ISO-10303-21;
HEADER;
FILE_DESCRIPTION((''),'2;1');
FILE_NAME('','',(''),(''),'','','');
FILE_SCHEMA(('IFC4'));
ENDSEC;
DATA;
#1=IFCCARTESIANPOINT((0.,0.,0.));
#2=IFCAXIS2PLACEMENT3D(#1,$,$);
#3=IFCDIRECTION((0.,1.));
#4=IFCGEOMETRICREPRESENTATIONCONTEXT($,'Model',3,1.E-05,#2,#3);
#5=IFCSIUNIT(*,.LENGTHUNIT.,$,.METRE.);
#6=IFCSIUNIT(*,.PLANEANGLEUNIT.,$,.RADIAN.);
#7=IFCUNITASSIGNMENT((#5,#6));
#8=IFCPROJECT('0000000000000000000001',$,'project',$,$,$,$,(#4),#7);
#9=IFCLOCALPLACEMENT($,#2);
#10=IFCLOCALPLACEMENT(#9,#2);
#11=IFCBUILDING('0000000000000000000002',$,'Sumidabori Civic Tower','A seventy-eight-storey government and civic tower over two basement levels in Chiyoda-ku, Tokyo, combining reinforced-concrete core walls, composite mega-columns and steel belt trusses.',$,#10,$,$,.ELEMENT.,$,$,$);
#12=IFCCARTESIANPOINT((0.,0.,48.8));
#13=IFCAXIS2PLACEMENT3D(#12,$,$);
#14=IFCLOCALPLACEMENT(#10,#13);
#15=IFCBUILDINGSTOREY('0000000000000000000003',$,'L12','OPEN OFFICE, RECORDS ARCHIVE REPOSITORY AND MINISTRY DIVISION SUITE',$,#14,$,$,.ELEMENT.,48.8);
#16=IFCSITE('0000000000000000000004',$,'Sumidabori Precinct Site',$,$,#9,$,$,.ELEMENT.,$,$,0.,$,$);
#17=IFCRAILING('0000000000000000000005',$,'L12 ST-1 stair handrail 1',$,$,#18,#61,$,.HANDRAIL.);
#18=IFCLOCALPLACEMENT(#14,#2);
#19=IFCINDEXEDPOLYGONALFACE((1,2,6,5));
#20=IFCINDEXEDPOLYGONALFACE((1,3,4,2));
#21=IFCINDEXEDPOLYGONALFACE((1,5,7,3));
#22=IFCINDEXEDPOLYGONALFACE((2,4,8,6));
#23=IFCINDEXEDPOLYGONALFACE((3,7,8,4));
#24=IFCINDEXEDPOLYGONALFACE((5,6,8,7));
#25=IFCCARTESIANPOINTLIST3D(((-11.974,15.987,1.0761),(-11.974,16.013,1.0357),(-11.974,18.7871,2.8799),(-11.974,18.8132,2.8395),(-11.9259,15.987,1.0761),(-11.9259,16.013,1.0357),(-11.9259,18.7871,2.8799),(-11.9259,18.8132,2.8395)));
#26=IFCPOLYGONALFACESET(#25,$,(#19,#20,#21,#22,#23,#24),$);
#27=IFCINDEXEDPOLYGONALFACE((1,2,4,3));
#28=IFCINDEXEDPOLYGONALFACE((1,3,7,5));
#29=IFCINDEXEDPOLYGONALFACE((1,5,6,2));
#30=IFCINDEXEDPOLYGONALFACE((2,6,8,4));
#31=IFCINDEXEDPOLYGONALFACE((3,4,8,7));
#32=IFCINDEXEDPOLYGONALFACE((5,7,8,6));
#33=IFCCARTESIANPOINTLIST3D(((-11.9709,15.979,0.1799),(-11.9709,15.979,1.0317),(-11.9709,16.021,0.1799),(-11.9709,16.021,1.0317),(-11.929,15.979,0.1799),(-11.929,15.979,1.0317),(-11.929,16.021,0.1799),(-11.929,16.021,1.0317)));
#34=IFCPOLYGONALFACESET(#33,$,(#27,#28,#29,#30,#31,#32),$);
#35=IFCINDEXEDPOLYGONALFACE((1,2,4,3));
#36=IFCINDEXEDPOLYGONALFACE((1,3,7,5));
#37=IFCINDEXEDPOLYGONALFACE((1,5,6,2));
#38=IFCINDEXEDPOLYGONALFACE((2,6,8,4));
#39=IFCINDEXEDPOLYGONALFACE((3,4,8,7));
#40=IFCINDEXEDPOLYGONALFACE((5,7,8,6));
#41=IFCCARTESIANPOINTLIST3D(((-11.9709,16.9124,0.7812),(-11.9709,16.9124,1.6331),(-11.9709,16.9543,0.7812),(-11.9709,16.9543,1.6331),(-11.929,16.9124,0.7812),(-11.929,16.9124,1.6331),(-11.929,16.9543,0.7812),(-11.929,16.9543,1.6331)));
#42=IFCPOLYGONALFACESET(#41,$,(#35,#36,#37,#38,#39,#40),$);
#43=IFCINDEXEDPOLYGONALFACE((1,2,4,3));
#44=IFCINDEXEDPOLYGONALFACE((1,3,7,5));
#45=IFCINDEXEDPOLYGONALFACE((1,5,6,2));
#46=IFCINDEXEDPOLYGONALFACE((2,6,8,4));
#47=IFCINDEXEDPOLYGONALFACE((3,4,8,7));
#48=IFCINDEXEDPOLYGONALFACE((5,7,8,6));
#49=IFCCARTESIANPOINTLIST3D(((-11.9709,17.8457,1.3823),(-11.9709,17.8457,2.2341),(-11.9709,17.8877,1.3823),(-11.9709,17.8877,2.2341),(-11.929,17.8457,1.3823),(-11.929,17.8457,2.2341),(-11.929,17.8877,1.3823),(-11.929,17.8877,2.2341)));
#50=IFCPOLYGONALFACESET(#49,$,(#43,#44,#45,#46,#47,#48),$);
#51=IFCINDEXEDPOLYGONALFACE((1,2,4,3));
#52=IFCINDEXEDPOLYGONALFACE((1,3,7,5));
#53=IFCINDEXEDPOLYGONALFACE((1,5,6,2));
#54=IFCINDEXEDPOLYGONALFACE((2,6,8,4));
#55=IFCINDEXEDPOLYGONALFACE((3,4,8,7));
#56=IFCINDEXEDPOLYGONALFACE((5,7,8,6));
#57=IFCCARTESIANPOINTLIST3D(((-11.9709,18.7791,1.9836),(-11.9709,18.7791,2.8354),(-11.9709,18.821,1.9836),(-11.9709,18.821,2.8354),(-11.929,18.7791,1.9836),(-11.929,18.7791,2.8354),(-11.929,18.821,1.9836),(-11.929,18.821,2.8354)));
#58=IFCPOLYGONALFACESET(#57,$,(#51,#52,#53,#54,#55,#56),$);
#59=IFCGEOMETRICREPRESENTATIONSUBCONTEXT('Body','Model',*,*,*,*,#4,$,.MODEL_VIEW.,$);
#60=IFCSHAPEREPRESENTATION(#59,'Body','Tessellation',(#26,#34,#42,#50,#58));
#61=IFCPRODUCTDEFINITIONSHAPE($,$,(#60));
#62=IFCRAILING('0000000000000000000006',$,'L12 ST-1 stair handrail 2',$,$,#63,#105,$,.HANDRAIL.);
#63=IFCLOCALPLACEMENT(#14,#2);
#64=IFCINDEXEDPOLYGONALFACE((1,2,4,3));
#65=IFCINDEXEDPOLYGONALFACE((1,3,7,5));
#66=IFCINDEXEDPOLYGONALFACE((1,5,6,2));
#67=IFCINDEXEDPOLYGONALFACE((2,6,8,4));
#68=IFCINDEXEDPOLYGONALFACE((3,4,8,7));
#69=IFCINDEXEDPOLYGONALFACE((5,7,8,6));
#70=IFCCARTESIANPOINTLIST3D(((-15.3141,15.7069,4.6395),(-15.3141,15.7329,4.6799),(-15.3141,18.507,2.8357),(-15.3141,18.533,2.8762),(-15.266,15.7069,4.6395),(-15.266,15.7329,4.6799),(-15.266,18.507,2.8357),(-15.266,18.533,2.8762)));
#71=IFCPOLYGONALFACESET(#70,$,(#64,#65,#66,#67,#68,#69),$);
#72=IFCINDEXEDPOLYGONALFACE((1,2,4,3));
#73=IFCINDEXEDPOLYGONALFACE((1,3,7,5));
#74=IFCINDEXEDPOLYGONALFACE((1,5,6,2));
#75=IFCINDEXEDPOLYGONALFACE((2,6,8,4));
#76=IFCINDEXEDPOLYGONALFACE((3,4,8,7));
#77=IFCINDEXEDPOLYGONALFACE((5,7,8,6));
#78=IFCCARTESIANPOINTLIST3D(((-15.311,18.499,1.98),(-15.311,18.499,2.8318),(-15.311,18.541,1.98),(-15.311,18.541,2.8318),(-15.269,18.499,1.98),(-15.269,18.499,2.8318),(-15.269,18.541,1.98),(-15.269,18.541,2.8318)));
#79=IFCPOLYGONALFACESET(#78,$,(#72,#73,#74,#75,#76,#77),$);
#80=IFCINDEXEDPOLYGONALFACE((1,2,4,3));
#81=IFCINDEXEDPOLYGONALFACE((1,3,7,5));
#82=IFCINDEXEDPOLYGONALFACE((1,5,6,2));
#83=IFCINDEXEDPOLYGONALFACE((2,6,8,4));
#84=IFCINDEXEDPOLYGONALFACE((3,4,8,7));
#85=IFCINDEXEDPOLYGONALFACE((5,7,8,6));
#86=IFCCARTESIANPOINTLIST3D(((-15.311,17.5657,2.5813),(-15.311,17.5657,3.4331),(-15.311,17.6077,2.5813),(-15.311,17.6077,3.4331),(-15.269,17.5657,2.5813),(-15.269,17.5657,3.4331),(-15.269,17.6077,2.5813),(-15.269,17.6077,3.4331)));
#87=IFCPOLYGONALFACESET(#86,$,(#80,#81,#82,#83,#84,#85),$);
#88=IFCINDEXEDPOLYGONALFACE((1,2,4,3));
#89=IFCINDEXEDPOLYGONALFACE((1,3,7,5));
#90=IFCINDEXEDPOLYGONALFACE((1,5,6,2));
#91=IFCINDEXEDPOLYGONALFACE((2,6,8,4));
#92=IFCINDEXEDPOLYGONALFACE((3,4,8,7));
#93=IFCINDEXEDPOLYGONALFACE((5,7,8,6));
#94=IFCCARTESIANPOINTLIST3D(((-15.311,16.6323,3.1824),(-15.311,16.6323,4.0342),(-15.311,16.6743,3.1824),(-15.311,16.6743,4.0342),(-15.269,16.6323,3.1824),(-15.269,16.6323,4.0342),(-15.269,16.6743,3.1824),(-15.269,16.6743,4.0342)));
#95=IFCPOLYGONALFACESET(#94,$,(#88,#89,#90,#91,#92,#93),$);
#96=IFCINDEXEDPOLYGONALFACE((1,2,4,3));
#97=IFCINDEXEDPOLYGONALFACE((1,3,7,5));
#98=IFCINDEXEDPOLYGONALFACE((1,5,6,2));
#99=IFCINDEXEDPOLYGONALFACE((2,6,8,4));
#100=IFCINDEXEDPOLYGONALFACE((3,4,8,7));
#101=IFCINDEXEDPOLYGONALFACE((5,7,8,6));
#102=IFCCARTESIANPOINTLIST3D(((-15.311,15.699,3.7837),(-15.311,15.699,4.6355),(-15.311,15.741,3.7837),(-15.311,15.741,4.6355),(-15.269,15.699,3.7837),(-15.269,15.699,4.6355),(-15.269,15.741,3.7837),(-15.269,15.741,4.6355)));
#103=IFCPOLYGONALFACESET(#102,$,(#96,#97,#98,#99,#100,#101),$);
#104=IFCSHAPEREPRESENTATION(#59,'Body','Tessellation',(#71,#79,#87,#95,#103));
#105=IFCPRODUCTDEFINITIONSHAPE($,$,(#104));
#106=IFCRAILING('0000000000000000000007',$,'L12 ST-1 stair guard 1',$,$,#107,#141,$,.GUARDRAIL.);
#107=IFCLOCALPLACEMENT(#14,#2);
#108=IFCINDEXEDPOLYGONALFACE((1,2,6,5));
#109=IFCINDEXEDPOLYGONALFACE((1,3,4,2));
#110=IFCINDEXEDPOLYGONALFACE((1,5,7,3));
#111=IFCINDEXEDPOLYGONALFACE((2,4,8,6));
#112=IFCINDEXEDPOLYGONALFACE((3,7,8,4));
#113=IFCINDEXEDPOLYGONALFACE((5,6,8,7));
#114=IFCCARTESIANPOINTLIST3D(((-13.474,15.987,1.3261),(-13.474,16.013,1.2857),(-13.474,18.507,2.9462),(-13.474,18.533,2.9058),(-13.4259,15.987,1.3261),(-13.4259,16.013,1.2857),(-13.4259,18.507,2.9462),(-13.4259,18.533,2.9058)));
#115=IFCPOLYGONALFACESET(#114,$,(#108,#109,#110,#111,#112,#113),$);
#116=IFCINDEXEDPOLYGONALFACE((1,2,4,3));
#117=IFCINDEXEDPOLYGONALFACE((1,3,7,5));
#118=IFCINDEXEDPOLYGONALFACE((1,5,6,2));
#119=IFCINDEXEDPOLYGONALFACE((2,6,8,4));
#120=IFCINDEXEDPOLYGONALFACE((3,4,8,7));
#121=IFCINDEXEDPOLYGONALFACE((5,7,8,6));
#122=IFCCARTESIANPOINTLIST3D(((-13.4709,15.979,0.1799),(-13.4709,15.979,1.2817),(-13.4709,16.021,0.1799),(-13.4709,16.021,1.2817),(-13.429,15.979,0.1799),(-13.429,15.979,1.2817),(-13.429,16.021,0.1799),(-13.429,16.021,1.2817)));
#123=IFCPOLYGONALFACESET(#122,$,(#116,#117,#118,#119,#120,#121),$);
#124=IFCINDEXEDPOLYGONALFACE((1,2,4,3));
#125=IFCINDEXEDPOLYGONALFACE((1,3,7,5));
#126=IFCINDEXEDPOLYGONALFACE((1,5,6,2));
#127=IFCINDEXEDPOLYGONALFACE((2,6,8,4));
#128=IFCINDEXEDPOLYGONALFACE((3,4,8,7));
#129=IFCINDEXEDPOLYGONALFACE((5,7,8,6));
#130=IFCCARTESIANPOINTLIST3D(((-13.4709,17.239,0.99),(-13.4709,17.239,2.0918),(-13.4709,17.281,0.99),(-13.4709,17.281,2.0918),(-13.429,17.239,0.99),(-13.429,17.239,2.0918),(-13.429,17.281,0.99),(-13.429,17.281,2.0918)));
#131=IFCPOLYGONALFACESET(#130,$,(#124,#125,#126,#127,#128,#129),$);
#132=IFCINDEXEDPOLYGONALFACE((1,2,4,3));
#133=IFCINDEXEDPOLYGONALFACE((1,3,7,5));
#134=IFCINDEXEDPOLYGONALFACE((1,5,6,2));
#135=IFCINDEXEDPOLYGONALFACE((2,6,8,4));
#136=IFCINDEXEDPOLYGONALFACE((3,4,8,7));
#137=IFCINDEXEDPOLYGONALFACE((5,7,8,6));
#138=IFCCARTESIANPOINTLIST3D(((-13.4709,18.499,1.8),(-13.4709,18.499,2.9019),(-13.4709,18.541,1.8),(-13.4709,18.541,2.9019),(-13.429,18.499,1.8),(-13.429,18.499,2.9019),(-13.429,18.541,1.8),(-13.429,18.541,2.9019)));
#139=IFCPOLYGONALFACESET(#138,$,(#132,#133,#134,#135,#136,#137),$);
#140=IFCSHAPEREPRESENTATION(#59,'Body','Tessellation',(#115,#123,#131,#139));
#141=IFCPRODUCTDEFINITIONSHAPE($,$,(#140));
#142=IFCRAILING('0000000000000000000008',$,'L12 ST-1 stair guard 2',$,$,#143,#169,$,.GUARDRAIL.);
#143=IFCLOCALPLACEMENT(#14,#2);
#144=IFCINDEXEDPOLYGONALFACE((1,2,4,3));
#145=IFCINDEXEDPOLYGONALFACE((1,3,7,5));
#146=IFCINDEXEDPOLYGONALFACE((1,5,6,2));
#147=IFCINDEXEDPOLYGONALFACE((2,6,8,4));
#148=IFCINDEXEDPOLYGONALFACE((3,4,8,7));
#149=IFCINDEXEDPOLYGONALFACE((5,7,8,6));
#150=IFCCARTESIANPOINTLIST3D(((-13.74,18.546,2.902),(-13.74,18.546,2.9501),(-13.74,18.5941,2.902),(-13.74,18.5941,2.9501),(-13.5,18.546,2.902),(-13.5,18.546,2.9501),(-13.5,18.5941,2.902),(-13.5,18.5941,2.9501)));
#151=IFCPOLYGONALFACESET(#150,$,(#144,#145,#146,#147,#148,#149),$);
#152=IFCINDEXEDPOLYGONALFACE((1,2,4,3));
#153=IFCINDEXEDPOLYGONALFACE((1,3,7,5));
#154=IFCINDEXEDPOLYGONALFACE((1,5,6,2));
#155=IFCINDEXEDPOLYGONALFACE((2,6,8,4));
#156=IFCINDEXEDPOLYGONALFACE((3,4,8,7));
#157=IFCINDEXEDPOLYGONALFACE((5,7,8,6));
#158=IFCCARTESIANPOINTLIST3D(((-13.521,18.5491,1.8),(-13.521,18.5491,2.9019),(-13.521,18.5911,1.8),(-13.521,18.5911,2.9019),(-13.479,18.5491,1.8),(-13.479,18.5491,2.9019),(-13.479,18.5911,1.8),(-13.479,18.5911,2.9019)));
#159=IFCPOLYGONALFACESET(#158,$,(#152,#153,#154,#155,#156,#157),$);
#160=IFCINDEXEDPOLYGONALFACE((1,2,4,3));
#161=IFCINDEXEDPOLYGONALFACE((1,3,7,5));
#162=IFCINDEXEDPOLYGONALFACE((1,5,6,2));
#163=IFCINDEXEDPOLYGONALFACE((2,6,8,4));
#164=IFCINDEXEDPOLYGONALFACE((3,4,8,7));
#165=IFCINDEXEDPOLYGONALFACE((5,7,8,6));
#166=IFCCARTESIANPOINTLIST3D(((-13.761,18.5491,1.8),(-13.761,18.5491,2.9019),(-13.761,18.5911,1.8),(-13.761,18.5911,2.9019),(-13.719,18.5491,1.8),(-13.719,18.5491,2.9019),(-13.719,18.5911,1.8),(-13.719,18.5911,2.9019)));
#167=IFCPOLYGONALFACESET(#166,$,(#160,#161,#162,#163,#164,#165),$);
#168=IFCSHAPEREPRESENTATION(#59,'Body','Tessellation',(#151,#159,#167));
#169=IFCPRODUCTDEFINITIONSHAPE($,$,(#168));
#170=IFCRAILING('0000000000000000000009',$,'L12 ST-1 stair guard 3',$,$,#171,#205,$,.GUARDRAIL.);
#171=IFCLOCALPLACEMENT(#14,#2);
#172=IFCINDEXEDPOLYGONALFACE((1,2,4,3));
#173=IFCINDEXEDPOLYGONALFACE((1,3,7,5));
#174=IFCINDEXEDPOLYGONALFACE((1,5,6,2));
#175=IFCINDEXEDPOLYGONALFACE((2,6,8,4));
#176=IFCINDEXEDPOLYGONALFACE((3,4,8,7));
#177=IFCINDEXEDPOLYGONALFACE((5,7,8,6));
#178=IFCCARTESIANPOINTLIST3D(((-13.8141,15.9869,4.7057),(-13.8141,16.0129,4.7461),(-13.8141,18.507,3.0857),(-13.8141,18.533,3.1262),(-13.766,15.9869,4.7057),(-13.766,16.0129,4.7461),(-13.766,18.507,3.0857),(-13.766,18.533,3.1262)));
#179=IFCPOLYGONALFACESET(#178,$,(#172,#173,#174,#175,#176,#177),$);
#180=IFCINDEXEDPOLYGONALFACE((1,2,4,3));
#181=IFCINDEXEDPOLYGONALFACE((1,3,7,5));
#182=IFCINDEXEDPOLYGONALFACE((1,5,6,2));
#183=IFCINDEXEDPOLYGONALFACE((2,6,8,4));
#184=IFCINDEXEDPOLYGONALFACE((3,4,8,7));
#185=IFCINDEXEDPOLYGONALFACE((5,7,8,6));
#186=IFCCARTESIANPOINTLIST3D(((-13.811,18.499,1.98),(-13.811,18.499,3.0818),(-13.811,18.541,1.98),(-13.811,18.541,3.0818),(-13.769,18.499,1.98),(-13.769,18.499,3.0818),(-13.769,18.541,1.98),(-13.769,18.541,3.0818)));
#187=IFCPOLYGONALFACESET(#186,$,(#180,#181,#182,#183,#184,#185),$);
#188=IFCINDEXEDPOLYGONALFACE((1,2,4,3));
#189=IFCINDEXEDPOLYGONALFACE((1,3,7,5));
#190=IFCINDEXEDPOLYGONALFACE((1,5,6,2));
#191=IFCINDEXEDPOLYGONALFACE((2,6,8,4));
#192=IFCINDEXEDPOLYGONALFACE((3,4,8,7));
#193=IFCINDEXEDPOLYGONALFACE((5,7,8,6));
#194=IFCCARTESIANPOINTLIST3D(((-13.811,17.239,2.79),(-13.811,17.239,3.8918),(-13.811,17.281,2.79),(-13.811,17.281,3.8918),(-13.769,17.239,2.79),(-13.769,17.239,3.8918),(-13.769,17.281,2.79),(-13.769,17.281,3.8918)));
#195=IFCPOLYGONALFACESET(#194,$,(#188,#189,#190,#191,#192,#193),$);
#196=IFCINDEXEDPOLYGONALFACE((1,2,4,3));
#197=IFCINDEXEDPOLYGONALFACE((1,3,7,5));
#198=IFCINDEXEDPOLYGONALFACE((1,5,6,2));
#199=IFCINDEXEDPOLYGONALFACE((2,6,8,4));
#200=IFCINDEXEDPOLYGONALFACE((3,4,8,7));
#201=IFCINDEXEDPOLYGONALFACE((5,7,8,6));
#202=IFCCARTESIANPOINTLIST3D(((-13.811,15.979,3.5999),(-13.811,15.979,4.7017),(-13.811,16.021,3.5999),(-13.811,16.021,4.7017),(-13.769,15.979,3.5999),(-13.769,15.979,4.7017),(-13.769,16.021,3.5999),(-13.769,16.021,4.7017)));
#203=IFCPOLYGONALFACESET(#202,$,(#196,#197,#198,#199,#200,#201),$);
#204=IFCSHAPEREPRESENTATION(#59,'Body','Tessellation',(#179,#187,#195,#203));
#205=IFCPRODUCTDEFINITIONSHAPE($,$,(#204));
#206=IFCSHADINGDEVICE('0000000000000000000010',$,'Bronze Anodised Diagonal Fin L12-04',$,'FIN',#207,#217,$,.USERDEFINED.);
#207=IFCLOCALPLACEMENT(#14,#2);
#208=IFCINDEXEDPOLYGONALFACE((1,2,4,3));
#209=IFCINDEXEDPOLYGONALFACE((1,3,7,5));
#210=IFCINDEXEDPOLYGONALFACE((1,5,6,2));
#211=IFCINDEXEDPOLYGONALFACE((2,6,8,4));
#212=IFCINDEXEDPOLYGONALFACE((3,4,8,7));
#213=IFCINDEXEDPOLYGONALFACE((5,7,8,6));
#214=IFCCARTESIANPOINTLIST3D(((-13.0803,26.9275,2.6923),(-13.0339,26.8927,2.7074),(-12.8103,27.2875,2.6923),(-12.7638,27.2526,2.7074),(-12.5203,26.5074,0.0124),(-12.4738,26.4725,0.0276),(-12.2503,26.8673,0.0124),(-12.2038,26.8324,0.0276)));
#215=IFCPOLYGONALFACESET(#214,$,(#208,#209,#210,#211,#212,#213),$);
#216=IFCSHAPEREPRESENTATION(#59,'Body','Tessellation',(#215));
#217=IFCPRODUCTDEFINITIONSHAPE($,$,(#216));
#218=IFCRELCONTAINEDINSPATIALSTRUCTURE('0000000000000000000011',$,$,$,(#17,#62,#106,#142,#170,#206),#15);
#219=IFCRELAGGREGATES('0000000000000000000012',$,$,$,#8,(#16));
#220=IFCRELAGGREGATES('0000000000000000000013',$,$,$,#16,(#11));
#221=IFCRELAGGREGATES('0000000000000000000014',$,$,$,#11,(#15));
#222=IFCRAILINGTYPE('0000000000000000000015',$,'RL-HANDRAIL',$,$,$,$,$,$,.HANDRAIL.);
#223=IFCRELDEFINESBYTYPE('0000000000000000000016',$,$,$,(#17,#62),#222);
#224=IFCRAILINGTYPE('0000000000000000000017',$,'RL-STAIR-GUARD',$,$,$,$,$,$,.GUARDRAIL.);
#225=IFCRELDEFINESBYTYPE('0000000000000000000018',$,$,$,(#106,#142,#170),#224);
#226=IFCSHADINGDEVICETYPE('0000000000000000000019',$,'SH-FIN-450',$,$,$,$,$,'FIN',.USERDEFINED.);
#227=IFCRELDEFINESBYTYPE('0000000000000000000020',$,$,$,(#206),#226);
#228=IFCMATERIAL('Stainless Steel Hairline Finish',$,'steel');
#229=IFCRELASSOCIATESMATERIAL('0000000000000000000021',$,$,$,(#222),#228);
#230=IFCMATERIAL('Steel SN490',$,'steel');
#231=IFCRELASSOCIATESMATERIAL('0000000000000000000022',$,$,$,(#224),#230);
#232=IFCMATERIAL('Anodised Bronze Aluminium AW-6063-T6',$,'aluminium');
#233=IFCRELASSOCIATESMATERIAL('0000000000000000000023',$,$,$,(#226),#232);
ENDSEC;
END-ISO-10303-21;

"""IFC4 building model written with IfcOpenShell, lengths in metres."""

from ifc_helpers import new_model, si_unit, direction, frame, origin, origin_2d, place, context, subcontext, project, spatial, rectangle, extrude, source, transform, mapped, material, material_profile, profile_set, type_object, element, save


model = new_model("IFC4")

# Units and contexts
model_context = context("Model", 3, precision=1e-05, world=origin(), true_north=direction((0.0, 1.0)))
body_context = subcontext(model_context, "Body", "Model", "MODEL_VIEW")
ifc_project = project(units=[si_unit("LENGTHUNIT", "METRE"), si_unit("PLANEANGLEUNIT", "RADIAN")], contexts=[model_context])

# Site, building, storey
site_placement = place(None, origin())
site = spatial("IfcSite", under=ifc_project, at=site_placement, Name="Sumidabori Precinct Site", CompositionType="ELEMENT", RefElevation=0.0)
building_placement = place(site_placement, origin())
building = spatial("IfcBuilding", under=site, at=building_placement, Name="Sumidabori Civic Tower", Description="A seventy-eight-storey government and civic tower over two basement levels in Chiyoda-ku, Tokyo, combining reinforced-concrete core walls, composite mega-columns and steel belt trusses.", CompositionType="ELEMENT")
storey_placement = place(building_placement, frame((0.0, 0.0, 48.8)))
storey = spatial("IfcBuildingStorey", under=building, at=storey_placement, Name="L12", Description="OPEN OFFICE, RECORDS ARCHIVE REPOSITORY AND MINISTRY DIVISION SUITE", CompositionType="ELEMENT", Elevation=48.8)

# Shared definitions
ifc_material_1 = material(Name="Steel SN490", Category="steel")

# Shared definitions
ifc_material_2 = material(Name="Anodised Bronze Aluminium AW-6063-T6", Category="aluminium")

# Railings
ifc_material_3 = material(Name="Stainless Steel Hairline Finish", Category="steel")
railing_type_1 = type_object("IfcRailingType", Name="RL-HANDRAIL", PredefinedType="HANDRAIL", material=ifc_material_3)
railing_1_placement = place(storey_placement, frame((-11.95, 16.0, 0.1799)))
element("IfcRailing", 1, at=railing_1_placement, inside=storey, type_object=railing_type_1, Name="L12 ST-1 stair handrail 1", PredefinedType="HANDRAIL", context=body_context, shape_type="SweptSolid", body=[
    extrude(rectangle(XDim=0.0481, YDim=0.0481, at=origin_2d()), frame((0.0, 0.0, 0.876), z_axis=(0.0, 0.840676, 0.541539), x_axis=(-1.0, 0.0, 0.0)), (0.0, 0.0, 1.0), 3.3308),
    extrude(rectangle(XDim=0.042, YDim=0.042, at=origin_2d()), origin(), (0.0, 0.0, 1.0), 0.8518),
    extrude(rectangle(XDim=0.042, YDim=0.042, at=origin_2d()), frame((0.0, 0.9333, 0.6013)), (0.0, 0.0, 1.0), 0.8518),
    extrude(rectangle(XDim=0.042, YDim=0.042, at=origin_2d()), frame((0.0, 1.8667, 1.2024)), (0.0, 0.0, 1.0), 0.8518),
    extrude(rectangle(XDim=0.042, YDim=0.042, at=origin_2d()), frame((0.0, 2.8, 1.8037)), (0.0, 0.0, 1.0), 0.8518),
])
railing_2_placement = place(storey_placement, frame((-15.29, 18.52, 1.98)))
element("IfcRailing", 2, at=railing_2_placement, inside=storey, type_object=railing_type_1, Name="L12 ST-1 stair handrail 2", PredefinedType="HANDRAIL", context=body_context, shape_type="SweptSolid", body=[
    extrude(rectangle(XDim=0.0481, YDim=0.0481, at=origin_2d()), frame((0.0, 0.0, 0.876), z_axis=(0.0, -0.840676, 0.541539), x_axis=(1.0, 0.0, 0.0)), (0.0, 0.0, 1.0), 3.3308),
    extrude(rectangle(XDim=0.042, YDim=0.042, at=origin_2d()), origin(), (0.0, 0.0, 1.0), 0.8518),
    extrude(rectangle(XDim=0.042, YDim=0.042, at=origin_2d()), frame((0.0, -0.9333, 0.6013)), (0.0, 0.0, 1.0), 0.8518),
    extrude(rectangle(XDim=0.042, YDim=0.042, at=origin_2d()), frame((0.0, -1.8667, 1.2024)), (0.0, 0.0, 1.0), 0.8518),
    extrude(rectangle(XDim=0.042, YDim=0.042, at=origin_2d()), frame((0.0, -2.8, 1.8037)), (0.0, 0.0, 1.0), 0.8518),
])
railing_type_2 = type_object("IfcRailingType", Name="RL-STAIR-GUARD", PredefinedType="GUARDRAIL", material=ifc_material_1)
railing_3_placement = place(storey_placement, frame((-13.45, 16.0, 0.1799)))
element("IfcRailing", 3, at=railing_3_placement, inside=storey, type_object=railing_type_2, Name="L12 ST-1 stair guard 1", PredefinedType="GUARDRAIL", context=body_context, shape_type="SweptSolid", body=[
    extrude(rectangle(XDim=0.0481, YDim=0.0481, at=origin_2d()), frame((0.0, 0.0, 1.126), z_axis=(0.0, 0.841163, 0.540782), x_axis=(-1.0, 0.0, 0.0)), (0.0, 0.0, 1.0), 2.9958),
    extrude(rectangle(XDim=0.042, YDim=0.042, at=origin_2d()), origin(), (0.0, 0.0, 1.0), 1.1018),
    extrude(rectangle(XDim=0.042, YDim=0.042, at=origin_2d()), frame((0.0, 1.26, 0.8101)), (0.0, 0.0, 1.0), 1.1018),
    extrude(rectangle(XDim=0.042, YDim=0.042, at=origin_2d()), frame((0.0, 2.52, 1.6201)), (0.0, 0.0, 1.0), 1.1018),
])
railing_4_placement = place(storey_placement, frame((-13.5, 18.5701, 1.8)))
element("IfcRailing", 4, at=railing_4_placement, inside=storey, type_object=railing_type_2, Name="L12 ST-1 stair guard 2", PredefinedType="GUARDRAIL", context=body_context, shape_type="SweptSolid", body=[
    extrude(rectangle(XDim=0.0481, YDim=0.0481, at=origin_2d()), frame((0.0, 0.0, 1.126), z_axis=(-1.0, 0.0, 0.0), x_axis=(0.0, -1.0, 0.0)), (0.0, 0.0, 1.0), 0.24),
    extrude(rectangle(XDim=0.042, YDim=0.042, at=origin_2d()), origin(), (0.0, 0.0, 1.0), 1.1018),
    extrude(rectangle(XDim=0.042, YDim=0.042, at=origin_2d()), frame((-0.24, 0.0, 0.0)), (0.0, 0.0, 1.0), 1.1018),
])
railing_5_placement = place(storey_placement, frame((-13.79, 18.52, 1.98)))
element("IfcRailing", 5, at=railing_5_placement, inside=storey, type_object=railing_type_2, Name="L12 ST-1 stair guard 3", PredefinedType="GUARDRAIL", context=body_context, shape_type="SweptSolid", body=[
    extrude(rectangle(XDim=0.0481, YDim=0.0481, at=origin_2d()), frame((0.0, 0.0, 1.126), z_axis=(0.0, -0.8412, 0.540725), x_axis=(1.0, 0.0, 0.0)), (0.0, 0.0, 1.0), 2.9958),
    extrude(rectangle(XDim=0.042, YDim=0.042, at=origin_2d()), origin(), (0.0, 0.0, 1.0), 1.1018),
    extrude(rectangle(XDim=0.042, YDim=0.042, at=origin_2d()), frame((0.0, -1.26, 0.8101)), (0.0, 0.0, 1.0), 1.1018),
    extrude(rectangle(XDim=0.042, YDim=0.042, at=origin_2d()), frame((0.0, -2.52, 1.6199)), (0.0, 0.0, 1.0), 1.1018),
])

# Shading device
ifc_material_profile_1 = material_profile(ifc_material_2, rectangle(XDim=0.0601, YDim=0.45, at=origin_2d()), Name="BRONZE FIN 450x60")
ifc_profile_set_1 = profile_set([ifc_material_profile_1], Name="Anodised Bronze Aluminium AW-6063-T6")
shading_device_type = type_object("IfcShadingDeviceType", Name="SH-FIN-450", ElementType="FIN", PredefinedType="USERDEFINED", material=ifc_profile_set_1)
shared_shape_1 = source(origin(), body_context, "Body", "SweptSolid", [
    extrude(rectangle(XDim=0.0601, YDim=0.45, at=origin_2d()), origin(), (0.0, 0.0, 1.0), 2.7698),
])
shading_device_placement = place(storey_placement, frame((-12.3621, 26.6699, 0.02), z_axis=(-0.202196, 0.151691, 0.967526), x_axis=(0.77394, -0.580624, 0.252771)))
element("IfcShadingDevice", 6, at=shading_device_placement, inside=storey, type_object=shading_device_type, Name="Bronze Anodised Diagonal Fin L12-04", ObjectType="FIN", PredefinedType="USERDEFINED", context=body_context, shape_type="MappedRepresentation", body=[
    mapped(shared_shape_1, transform((0.0, 0.0, 0.0), x_axis=(1.0, 0.0, 0.0), y_axis=(0.0, 1.0, 0.0), z_axis=(0.0, 0.0, 1.0), scale=1.0)),
])

save(model, "model.ifc")
